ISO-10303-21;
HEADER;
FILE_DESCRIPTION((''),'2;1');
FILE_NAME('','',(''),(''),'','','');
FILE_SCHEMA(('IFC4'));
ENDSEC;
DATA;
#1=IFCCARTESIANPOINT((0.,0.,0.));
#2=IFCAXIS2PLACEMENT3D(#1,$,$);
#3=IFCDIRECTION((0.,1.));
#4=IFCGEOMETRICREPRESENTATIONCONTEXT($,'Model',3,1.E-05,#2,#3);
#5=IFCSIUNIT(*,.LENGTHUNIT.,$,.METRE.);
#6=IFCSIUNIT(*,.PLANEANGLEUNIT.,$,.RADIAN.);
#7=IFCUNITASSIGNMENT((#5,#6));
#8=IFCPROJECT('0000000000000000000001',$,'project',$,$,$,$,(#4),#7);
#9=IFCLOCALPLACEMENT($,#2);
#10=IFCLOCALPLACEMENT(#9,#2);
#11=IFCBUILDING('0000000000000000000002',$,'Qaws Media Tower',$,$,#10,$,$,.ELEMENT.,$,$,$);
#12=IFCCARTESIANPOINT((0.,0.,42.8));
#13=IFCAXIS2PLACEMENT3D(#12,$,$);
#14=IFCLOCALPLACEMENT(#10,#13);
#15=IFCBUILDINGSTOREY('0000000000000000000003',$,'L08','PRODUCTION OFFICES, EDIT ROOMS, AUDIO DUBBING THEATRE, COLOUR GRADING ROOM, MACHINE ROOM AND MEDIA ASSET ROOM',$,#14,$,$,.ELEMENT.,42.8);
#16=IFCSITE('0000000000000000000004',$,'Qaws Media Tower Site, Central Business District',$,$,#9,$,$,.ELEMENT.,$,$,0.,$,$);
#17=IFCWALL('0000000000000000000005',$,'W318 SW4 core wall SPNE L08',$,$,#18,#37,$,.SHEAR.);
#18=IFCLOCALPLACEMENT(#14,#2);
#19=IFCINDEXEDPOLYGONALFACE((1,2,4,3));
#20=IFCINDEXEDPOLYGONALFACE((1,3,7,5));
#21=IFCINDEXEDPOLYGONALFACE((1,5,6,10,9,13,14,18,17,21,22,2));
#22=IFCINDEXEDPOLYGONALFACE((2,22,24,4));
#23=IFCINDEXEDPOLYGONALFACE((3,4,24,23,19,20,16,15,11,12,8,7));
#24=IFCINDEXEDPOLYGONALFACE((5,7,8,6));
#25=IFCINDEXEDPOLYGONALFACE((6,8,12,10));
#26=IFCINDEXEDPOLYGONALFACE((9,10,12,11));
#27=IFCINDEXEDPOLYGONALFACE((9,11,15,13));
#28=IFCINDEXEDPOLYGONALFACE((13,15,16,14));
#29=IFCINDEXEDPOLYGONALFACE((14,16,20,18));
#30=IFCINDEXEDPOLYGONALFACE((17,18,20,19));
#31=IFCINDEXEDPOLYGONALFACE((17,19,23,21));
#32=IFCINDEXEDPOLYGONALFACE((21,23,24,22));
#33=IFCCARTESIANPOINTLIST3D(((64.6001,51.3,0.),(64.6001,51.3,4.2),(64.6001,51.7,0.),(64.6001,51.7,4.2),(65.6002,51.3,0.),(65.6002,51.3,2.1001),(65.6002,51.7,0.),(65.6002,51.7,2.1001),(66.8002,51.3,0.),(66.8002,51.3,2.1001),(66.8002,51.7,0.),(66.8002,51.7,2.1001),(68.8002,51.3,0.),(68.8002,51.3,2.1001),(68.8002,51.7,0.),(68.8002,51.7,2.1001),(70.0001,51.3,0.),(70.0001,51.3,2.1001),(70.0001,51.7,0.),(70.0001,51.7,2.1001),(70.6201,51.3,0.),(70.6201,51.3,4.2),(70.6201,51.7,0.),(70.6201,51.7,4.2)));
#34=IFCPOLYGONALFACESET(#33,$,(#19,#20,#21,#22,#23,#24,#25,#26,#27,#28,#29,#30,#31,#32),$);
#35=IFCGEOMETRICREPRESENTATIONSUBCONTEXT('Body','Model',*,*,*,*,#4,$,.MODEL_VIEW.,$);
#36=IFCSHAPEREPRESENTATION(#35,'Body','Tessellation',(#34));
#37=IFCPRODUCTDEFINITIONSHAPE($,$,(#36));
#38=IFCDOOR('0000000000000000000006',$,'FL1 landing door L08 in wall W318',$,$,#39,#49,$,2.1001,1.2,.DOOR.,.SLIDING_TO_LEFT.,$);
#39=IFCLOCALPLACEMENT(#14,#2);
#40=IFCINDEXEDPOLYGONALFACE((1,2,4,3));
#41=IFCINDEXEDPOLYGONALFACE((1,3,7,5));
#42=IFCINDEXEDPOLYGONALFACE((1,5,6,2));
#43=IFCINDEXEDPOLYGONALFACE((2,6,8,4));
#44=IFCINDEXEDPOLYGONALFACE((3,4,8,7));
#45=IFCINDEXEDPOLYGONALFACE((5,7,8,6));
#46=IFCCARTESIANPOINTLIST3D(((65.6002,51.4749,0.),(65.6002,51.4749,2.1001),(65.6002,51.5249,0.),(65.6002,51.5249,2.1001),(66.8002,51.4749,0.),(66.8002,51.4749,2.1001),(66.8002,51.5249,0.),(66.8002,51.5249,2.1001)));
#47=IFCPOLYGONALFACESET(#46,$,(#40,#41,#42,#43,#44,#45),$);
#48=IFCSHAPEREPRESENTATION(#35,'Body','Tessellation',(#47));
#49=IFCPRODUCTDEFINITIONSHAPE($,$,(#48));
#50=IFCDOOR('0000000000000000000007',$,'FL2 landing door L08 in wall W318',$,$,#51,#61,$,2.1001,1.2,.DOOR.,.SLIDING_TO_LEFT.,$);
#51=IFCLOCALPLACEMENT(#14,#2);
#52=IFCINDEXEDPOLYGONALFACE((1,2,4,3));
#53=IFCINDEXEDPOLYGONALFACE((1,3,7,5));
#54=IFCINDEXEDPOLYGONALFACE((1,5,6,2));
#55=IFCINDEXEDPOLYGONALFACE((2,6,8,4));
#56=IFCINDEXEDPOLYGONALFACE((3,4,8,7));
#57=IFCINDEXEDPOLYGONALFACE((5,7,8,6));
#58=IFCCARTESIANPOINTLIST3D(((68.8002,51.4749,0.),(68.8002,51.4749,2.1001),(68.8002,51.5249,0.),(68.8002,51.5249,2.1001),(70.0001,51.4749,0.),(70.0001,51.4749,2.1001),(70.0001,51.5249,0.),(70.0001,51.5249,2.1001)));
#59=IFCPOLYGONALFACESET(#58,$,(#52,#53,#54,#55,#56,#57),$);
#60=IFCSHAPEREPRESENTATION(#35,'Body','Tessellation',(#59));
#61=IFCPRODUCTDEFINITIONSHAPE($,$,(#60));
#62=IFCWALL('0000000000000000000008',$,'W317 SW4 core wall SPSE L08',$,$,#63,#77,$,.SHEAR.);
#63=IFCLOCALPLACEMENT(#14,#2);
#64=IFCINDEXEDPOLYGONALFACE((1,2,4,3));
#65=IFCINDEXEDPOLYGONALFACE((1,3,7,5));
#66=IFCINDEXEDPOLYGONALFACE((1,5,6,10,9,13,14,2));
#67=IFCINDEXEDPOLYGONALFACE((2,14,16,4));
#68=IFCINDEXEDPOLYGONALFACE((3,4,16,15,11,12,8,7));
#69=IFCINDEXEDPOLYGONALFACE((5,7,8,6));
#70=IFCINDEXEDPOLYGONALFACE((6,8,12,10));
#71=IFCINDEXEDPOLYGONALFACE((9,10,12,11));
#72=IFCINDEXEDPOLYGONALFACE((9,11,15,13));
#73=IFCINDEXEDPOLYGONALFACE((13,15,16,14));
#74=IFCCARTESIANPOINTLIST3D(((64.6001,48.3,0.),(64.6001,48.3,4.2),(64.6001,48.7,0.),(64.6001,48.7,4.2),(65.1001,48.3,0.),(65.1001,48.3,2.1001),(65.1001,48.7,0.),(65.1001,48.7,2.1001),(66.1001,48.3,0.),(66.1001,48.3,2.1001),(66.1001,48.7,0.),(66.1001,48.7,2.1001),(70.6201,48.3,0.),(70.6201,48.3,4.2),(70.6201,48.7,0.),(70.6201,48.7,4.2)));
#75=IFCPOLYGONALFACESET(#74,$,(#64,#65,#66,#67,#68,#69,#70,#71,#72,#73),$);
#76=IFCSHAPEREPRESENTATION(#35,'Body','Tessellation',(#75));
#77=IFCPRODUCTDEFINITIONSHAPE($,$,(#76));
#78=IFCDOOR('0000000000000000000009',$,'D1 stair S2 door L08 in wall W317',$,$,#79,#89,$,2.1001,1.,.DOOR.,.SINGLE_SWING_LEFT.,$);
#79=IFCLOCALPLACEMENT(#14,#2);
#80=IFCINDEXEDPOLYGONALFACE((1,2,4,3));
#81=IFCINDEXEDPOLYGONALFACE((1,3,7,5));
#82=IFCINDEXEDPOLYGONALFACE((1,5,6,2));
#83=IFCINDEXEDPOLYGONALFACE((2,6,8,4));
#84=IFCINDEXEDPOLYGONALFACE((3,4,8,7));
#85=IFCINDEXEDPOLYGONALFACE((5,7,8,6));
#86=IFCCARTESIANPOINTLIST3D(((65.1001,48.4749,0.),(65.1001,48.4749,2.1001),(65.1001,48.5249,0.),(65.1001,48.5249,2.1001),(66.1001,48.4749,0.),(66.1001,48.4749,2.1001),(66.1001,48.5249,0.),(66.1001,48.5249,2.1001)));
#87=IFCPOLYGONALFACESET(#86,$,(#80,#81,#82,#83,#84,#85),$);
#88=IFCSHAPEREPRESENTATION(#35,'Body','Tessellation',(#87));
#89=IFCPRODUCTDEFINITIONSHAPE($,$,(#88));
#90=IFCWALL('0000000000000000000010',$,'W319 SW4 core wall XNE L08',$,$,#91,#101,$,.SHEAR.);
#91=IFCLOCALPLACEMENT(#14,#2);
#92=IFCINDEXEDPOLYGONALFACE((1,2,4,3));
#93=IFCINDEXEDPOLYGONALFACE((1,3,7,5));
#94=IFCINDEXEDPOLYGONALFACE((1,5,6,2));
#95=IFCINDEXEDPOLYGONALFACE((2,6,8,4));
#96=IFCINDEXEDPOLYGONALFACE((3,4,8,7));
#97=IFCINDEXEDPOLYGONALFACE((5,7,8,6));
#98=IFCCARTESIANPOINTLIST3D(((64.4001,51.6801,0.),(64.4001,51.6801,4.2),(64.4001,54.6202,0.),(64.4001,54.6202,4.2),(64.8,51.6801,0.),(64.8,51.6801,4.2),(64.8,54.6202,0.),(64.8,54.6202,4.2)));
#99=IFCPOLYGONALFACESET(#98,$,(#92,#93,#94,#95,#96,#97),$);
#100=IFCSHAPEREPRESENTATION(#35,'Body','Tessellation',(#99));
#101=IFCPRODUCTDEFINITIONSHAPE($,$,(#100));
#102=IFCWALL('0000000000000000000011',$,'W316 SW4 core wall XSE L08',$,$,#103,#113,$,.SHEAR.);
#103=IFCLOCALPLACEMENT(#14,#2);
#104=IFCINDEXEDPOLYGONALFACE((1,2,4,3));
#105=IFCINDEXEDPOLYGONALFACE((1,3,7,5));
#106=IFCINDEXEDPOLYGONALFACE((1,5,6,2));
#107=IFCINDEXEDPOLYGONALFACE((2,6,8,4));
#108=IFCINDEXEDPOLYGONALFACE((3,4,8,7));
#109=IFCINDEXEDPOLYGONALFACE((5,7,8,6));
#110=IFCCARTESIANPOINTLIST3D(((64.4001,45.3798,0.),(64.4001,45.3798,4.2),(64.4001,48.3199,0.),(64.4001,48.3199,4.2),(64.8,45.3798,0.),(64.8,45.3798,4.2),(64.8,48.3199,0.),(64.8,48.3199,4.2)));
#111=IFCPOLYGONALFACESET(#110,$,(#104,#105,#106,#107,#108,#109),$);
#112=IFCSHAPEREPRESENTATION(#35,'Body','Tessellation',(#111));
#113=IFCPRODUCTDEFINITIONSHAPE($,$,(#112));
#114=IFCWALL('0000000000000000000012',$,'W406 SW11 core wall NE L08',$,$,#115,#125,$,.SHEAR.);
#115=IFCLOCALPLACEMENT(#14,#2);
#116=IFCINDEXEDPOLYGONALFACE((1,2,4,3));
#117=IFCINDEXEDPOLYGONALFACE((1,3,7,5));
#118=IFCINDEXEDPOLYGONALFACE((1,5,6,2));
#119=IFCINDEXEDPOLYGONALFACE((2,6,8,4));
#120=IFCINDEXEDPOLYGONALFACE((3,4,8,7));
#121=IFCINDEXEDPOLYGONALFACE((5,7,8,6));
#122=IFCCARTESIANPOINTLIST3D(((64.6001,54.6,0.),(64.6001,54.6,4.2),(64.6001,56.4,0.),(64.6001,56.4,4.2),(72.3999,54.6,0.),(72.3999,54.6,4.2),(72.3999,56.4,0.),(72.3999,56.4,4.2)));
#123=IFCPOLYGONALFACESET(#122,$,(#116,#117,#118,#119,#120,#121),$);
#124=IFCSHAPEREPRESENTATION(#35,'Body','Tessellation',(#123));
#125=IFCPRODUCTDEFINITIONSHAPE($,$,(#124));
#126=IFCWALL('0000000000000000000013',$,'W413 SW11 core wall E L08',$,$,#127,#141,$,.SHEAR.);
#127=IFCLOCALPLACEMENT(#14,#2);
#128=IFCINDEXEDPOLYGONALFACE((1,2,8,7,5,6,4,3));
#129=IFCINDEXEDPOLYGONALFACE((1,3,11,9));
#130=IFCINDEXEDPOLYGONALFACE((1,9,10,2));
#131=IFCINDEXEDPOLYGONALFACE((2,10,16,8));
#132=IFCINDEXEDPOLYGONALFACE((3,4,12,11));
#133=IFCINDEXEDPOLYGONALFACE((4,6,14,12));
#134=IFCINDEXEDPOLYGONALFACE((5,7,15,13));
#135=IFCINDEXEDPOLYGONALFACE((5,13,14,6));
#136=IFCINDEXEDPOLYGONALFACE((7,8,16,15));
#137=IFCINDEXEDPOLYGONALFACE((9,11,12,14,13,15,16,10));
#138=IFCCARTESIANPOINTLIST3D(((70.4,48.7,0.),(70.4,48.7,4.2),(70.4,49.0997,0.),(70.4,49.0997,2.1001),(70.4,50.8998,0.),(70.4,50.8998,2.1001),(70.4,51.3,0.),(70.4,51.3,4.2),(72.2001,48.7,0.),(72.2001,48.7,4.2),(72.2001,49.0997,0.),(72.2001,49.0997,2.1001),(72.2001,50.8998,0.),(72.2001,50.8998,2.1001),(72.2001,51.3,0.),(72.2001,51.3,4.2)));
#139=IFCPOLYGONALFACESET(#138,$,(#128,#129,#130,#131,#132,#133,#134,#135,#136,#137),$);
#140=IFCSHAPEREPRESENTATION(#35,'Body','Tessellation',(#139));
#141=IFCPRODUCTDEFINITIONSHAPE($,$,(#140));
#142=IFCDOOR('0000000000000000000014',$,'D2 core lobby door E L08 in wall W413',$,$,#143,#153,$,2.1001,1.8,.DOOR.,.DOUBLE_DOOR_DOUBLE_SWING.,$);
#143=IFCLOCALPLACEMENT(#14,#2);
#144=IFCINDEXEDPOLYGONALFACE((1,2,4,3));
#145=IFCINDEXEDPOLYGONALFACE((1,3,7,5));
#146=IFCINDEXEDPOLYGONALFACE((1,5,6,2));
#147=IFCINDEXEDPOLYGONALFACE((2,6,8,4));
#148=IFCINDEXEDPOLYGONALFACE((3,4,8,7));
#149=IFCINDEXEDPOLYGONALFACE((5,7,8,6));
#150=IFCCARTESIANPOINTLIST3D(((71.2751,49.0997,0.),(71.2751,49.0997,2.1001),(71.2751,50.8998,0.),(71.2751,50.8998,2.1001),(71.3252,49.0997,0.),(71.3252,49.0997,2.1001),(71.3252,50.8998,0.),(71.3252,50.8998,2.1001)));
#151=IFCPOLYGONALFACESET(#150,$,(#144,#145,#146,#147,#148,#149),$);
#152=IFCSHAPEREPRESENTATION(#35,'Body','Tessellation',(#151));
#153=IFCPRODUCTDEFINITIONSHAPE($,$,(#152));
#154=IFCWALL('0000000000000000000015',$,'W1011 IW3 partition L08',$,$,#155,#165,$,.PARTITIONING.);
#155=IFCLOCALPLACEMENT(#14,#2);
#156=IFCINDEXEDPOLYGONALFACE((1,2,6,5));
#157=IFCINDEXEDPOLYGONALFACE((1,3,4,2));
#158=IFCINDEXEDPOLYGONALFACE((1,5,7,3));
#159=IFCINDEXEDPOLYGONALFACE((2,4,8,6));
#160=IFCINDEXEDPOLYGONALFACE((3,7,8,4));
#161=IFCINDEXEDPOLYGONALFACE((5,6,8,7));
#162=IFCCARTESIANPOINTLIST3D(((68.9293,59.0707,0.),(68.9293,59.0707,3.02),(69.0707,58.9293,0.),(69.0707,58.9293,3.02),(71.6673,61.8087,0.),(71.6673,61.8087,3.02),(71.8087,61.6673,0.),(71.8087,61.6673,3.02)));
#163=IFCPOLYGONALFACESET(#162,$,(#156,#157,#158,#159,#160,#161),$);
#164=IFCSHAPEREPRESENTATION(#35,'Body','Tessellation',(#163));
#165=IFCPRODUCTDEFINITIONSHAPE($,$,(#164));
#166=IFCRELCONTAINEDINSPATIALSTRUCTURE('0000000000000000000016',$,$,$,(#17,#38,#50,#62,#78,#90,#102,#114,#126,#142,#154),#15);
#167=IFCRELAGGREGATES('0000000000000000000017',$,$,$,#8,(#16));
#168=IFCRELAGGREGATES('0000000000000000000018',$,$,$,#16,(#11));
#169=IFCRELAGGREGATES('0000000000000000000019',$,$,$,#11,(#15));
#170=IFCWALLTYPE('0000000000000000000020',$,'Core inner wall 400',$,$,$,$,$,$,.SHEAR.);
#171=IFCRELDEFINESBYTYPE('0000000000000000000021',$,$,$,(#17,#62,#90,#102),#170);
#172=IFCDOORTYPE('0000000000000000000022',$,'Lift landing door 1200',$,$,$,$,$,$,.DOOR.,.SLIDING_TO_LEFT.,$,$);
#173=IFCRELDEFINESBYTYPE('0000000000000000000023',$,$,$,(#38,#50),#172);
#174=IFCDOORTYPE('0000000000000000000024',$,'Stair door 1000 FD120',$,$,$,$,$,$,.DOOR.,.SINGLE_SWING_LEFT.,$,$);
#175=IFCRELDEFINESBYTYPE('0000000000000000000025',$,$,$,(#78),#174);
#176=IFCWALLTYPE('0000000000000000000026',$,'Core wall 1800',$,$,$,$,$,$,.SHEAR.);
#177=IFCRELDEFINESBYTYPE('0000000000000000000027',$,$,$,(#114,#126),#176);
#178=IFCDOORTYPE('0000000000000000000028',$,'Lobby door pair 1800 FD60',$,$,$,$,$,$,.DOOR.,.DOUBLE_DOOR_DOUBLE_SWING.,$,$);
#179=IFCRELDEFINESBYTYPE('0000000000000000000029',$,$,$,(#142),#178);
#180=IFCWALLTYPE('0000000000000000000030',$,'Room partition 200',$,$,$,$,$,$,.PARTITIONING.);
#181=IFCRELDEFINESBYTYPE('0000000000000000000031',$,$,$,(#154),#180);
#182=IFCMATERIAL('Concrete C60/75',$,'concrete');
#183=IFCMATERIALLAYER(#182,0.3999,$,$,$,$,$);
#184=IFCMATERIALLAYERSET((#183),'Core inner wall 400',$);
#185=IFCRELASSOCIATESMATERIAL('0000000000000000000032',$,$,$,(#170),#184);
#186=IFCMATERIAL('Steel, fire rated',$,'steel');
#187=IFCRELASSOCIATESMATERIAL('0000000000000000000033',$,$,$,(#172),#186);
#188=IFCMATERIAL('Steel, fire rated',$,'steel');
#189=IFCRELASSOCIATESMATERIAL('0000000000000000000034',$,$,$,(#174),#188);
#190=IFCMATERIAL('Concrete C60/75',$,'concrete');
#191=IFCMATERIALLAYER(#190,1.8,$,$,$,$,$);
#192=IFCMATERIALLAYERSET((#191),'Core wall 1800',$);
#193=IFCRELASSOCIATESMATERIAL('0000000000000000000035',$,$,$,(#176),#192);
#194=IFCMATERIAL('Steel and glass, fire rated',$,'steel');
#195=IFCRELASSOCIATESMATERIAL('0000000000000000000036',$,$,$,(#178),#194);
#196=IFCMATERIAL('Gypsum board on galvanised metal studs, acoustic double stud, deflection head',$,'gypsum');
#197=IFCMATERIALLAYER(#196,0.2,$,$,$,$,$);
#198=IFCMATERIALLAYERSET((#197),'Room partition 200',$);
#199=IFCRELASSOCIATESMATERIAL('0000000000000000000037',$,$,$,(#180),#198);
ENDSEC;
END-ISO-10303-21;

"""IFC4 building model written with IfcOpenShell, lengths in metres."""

from ifc_helpers import new_model, si_unit, direction, frame, frame_2d, origin, place, context, subcontext, project, spatial, rectangle, extrude, material, layer, layer_set, type_object, element, fill, save


model = new_model("IFC4")

# Units and contexts
model_context = context("Model", 3, precision=1e-05, world=origin(), true_north=direction((0.0, 1.0)))
body_context = subcontext(model_context, "Body", "Model", "MODEL_VIEW")
ifc_project = project(units=[si_unit("LENGTHUNIT", "METRE"), si_unit("PLANEANGLEUNIT", "RADIAN")], contexts=[model_context])

# Site, building, storey
site_placement = place(None, origin())
site = spatial("IfcSite", under=ifc_project, at=site_placement, Name="Qaws Media Tower Site, Central Business District", CompositionType="ELEMENT", RefElevation=0.0)
building_placement = place(site_placement, origin())
building = spatial("IfcBuilding", under=site, at=building_placement, Name="Qaws Media Tower", CompositionType="ELEMENT")
storey_placement = place(building_placement, frame((0.0, 0.0, 42.8)))
storey = spatial("IfcBuildingStorey", under=building, at=storey_placement, Name="L08", Description="PRODUCTION OFFICES, EDIT ROOMS, AUDIO DUBBING THEATRE, COLOUR GRADING ROOM, MACHINE ROOM AND MEDIA ASSET ROOM", CompositionType="ELEMENT", Elevation=42.8)

# Wall, openings, doors
ifc_material_1 = material(Name="Concrete C60/75", Category="concrete")
ifc_layer_1 = layer(ifc_material_1, 0.3999)
ifc_layer_set_1 = layer_set([ifc_layer_1], Name="Core inner wall 400")
wall_type_1 = type_object("IfcWallType", Name="Core inner wall 400", PredefinedType="SHEAR", material=ifc_layer_set_1)
wall_1_placement = place(storey_placement, frame((64.6001, 51.5, 0.0), z_axis=(0.0, 0.0, 1.0), x_axis=(1.0, 0.0, 0.0)))
wall_1 = element("IfcWall", 1, at=wall_1_placement, inside=storey, type_object=wall_type_1, Name="W318 SW4 core wall SPNE L08", PredefinedType="SHEAR", context=body_context, shape_type="SweptSolid", body=[
    extrude(rectangle(XDim=6.02, YDim=0.3999, at=frame_2d((3.01, 0.0))), origin(), (0.0, 0.0, 1.0), 4.2),
])
opening_1_placement = place(wall_1_placement, frame((1.0, 0.0, 0.0)))
opening_1 = element("IfcOpeningElement", 2, at=opening_1_placement, cuts=wall_1, PredefinedType="OPENING", context=body_context, shape_type="SweptSolid", body=[
    extrude(rectangle(XDim=1.2, YDim=2.1001, at=frame_2d((0.6001, 1.05))), frame((0.0, 0.21, 0.0), z_axis=(0.0, -1.0, 0.0), x_axis=(1.0, 0.0, 0.0)), (0.0, 0.0, 1.0), 0.4199),
])
opening_2_placement = place(wall_1_placement, frame((4.2, 0.0, 0.0)))
opening_2 = element("IfcOpeningElement", 3, at=opening_2_placement, cuts=wall_1, PredefinedType="OPENING", context=body_context, shape_type="SweptSolid", body=[
    extrude(rectangle(XDim=1.2, YDim=2.1001, at=frame_2d((0.6001, 1.05))), frame((0.0, 0.21, 0.0), z_axis=(0.0, -1.0, 0.0), x_axis=(1.0, 0.0, 0.0)), (0.0, 0.0, 1.0), 0.4199),
])
ifc_material_2 = material(Name="Steel, fire rated", Category="steel")
door_type_1 = type_object("IfcDoorType", Name="Lift landing door 1200", OperationType="SLIDING_TO_LEFT", PredefinedType="DOOR", material=ifc_material_2)
door_1_placement = place(opening_1_placement, origin())
door_1 = element("IfcDoor", 4, at=door_1_placement, inside=storey, type_object=door_type_1, Name="FL1 landing door L08 in wall W318", OperationType="SLIDING_TO_LEFT", OverallHeight=2.1001, OverallWidth=1.2, PredefinedType="DOOR", context=body_context, shape_type="SweptSolid", body=[
    extrude(rectangle(XDim=1.2, YDim=2.1001, at=frame_2d((0.6001, 1.05))), frame((0.0, 0.0249, 0.0), z_axis=(0.0, -1.0, 0.0), x_axis=(1.0, 0.0, 0.0)), (0.0, 0.0, 1.0), 0.05),
])
fill(opening_1, door_1)
door_2_placement = place(opening_2_placement, origin())
door_2 = element("IfcDoor", 5, at=door_2_placement, inside=storey, type_object=door_type_1, Name="FL2 landing door L08 in wall W318", OperationType="SLIDING_TO_LEFT", OverallHeight=2.1001, OverallWidth=1.2, PredefinedType="DOOR", context=body_context, shape_type="SweptSolid", body=[
    extrude(rectangle(XDim=1.2, YDim=2.1001, at=frame_2d((0.6001, 1.05))), frame((0.0, 0.0249, 0.0), z_axis=(0.0, -1.0, 0.0), x_axis=(1.0, 0.0, 0.0)), (0.0, 0.0, 1.0), 0.05),
])
fill(opening_2, door_2)

# Wall, opening, door
wall_2_placement = place(storey_placement, frame((64.6001, 48.5, 0.0), z_axis=(0.0, 0.0, 1.0), x_axis=(1.0, 0.0, 0.0)))
wall_2 = element("IfcWall", 6, at=wall_2_placement, inside=storey, type_object=wall_type_1, Name="W317 SW4 core wall SPSE L08", PredefinedType="SHEAR", context=body_context, shape_type="SweptSolid", body=[
    extrude(rectangle(XDim=6.02, YDim=0.3999, at=frame_2d((3.01, 0.0))), origin(), (0.0, 0.0, 1.0), 4.2),
])
opening_3_placement = place(wall_2_placement, frame((0.5, 0.0, 0.0)))
opening_3 = element("IfcOpeningElement", 7, at=opening_3_placement, cuts=wall_2, PredefinedType="OPENING", context=body_context, shape_type="SweptSolid", body=[
    extrude(rectangle(XDim=1.0, YDim=2.1001, at=frame_2d((0.5, 1.05))), frame((0.0, 0.21, 0.0), z_axis=(0.0, -1.0, 0.0), x_axis=(1.0, 0.0, 0.0)), (0.0, 0.0, 1.0), 0.4199),
])
ifc_material_3 = material(Name="Steel, fire rated", Category="steel")
door_type_2 = type_object("IfcDoorType", Name="Stair door 1000 FD120", OperationType="SINGLE_SWING_LEFT", PredefinedType="DOOR", material=ifc_material_3)
door_3_placement = place(opening_3_placement, origin())
door_3 = element("IfcDoor", 8, at=door_3_placement, inside=storey, type_object=door_type_2, Name="D1 stair S2 door L08 in wall W317", OperationType="SINGLE_SWING_LEFT", OverallHeight=2.1001, OverallWidth=1.0, PredefinedType="DOOR", context=body_context, shape_type="SweptSolid", body=[
    extrude(rectangle(XDim=1.0, YDim=2.1001, at=frame_2d((0.5, 1.05))), frame((0.0, 0.0249, 0.0), z_axis=(0.0, -1.0, 0.0), x_axis=(1.0, 0.0, 0.0)), (0.0, 0.0, 1.0), 0.05),
])
fill(opening_3, door_3)

# Walls
for number, where, z_axis, x_axis, name in (
    (9, (64.6001, 51.6799, 0.0), (0.0, 0.0, 1.0), (0.0, 1.0, 0.0), "W319 SW4 core wall XNE L08"),
    (10, (64.6001, 48.3201, 0.0), (0.0, 0.0, 1.0), (0.0, -1.0, 0.0), "W316 SW4 core wall XSE L08"),
):
    element("IfcWall", number, at=place(storey_placement, frame(where, z_axis=z_axis, x_axis=x_axis)), inside=storey, type_object=wall_type_1, Name=name, PredefinedType="SHEAR", context=body_context, shape_type="SweptSolid", body=[
        extrude(rectangle(XDim=2.9402, YDim=0.3999, at=frame_2d((1.4702, 0.0))), origin(), (0.0, 0.0, 1.0), 4.2),
    ])
ifc_material_4 = material(Name="Concrete C60/75", Category="concrete")
ifc_layer_2 = layer(ifc_material_4, 1.8)
ifc_layer_set_2 = layer_set([ifc_layer_2], Name="Core wall 1800")
wall_type_2 = type_object("IfcWallType", Name="Core wall 1800", PredefinedType="SHEAR", material=ifc_layer_set_2)
wall_3_placement = place(storey_placement, frame((64.6001, 55.5, 0.0), z_axis=(0.0, 0.0, 1.0), x_axis=(1.0, 0.0, 0.0)))
element("IfcWall", 11, at=wall_3_placement, inside=storey, type_object=wall_type_2, Name="W406 SW11 core wall NE L08", PredefinedType="SHEAR", context=body_context, shape_type="SweptSolid", body=[
    extrude(rectangle(XDim=7.7998, YDim=1.8, at=frame_2d((3.8999, 0.0))), origin(), (0.0, 0.0, 1.0), 4.2),
])

# Wall, opening, door
wall_4_placement = place(storey_placement, frame((71.3, 48.7, 0.0), z_axis=(0.0, 0.0, 1.0), x_axis=(0.0, 1.0, 0.0)))
wall_4 = element("IfcWall", 12, at=wall_4_placement, inside=storey, type_object=wall_type_2, Name="W413 SW11 core wall E L08", PredefinedType="SHEAR", context=body_context, shape_type="SweptSolid", body=[
    extrude(rectangle(XDim=2.6001, YDim=1.8, at=frame_2d((1.3, 0.0))), origin(), (0.0, 0.0, 1.0), 4.2),
])
opening_4_placement = place(wall_4_placement, frame((0.3999, 0.0, 0.0)))
opening_4 = element("IfcOpeningElement", 13, at=opening_4_placement, cuts=wall_4, PredefinedType="OPENING", context=body_context, shape_type="SweptSolid", body=[
    extrude(rectangle(XDim=1.8, YDim=2.1001, at=frame_2d((0.8999, 1.05))), frame((0.0, 0.9099, 0.0), z_axis=(0.0, -1.0, 0.0), x_axis=(1.0, 0.0, 0.0)), (0.0, 0.0, 1.0), 1.8201),
])
ifc_material_5 = material(Name="Steel and glass, fire rated", Category="steel")
door_type_3 = type_object("IfcDoorType", Name="Lobby door pair 1800 FD60", OperationType="DOUBLE_DOOR_DOUBLE_SWING", PredefinedType="DOOR", material=ifc_material_5)
door_4_placement = place(opening_4_placement, origin())
door_4 = element("IfcDoor", 14, at=door_4_placement, inside=storey, type_object=door_type_3, Name="D2 core lobby door E L08 in wall W413", OperationType="DOUBLE_DOOR_DOUBLE_SWING", OverallHeight=2.1001, OverallWidth=1.8, PredefinedType="DOOR", context=body_context, shape_type="SweptSolid", body=[
    extrude(rectangle(XDim=1.8, YDim=2.1001, at=frame_2d((0.8999, 1.05))), frame((0.0, 0.0249, 0.0), z_axis=(0.0, -1.0, 0.0), x_axis=(1.0, 0.0, 0.0)), (0.0, 0.0, 1.0), 0.05),
])
fill(opening_4, door_4)

# Wall
ifc_material_6 = material(Name="Gypsum board on galvanised metal studs, acoustic double stud, deflection head", Category="gypsum")
ifc_layer_3 = layer(ifc_material_6, 0.2)
ifc_layer_set_3 = layer_set([ifc_layer_3], Name="Room partition 200")
wall_type_3 = type_object("IfcWallType", Name="Room partition 200", PredefinedType="PARTITIONING", material=ifc_layer_set_3)
wall_5_placement = place(storey_placement, frame((69.0, 59.0, 0.0), z_axis=(0.0, 0.0, 1.0), x_axis=(0.707107, 0.707107, 0.0)))
element("IfcWall", 15, at=wall_5_placement, inside=storey, type_object=wall_type_3, Name="W1011 IW3 partition L08", PredefinedType="PARTITIONING", context=body_context, shape_type="SweptSolid", body=[
    extrude(rectangle(XDim=3.8721, YDim=0.2, at=frame_2d((1.936, 0.0))), origin(), (0.0, 0.0, 1.0), 3.02),
])

save(model, "model.ifc")
